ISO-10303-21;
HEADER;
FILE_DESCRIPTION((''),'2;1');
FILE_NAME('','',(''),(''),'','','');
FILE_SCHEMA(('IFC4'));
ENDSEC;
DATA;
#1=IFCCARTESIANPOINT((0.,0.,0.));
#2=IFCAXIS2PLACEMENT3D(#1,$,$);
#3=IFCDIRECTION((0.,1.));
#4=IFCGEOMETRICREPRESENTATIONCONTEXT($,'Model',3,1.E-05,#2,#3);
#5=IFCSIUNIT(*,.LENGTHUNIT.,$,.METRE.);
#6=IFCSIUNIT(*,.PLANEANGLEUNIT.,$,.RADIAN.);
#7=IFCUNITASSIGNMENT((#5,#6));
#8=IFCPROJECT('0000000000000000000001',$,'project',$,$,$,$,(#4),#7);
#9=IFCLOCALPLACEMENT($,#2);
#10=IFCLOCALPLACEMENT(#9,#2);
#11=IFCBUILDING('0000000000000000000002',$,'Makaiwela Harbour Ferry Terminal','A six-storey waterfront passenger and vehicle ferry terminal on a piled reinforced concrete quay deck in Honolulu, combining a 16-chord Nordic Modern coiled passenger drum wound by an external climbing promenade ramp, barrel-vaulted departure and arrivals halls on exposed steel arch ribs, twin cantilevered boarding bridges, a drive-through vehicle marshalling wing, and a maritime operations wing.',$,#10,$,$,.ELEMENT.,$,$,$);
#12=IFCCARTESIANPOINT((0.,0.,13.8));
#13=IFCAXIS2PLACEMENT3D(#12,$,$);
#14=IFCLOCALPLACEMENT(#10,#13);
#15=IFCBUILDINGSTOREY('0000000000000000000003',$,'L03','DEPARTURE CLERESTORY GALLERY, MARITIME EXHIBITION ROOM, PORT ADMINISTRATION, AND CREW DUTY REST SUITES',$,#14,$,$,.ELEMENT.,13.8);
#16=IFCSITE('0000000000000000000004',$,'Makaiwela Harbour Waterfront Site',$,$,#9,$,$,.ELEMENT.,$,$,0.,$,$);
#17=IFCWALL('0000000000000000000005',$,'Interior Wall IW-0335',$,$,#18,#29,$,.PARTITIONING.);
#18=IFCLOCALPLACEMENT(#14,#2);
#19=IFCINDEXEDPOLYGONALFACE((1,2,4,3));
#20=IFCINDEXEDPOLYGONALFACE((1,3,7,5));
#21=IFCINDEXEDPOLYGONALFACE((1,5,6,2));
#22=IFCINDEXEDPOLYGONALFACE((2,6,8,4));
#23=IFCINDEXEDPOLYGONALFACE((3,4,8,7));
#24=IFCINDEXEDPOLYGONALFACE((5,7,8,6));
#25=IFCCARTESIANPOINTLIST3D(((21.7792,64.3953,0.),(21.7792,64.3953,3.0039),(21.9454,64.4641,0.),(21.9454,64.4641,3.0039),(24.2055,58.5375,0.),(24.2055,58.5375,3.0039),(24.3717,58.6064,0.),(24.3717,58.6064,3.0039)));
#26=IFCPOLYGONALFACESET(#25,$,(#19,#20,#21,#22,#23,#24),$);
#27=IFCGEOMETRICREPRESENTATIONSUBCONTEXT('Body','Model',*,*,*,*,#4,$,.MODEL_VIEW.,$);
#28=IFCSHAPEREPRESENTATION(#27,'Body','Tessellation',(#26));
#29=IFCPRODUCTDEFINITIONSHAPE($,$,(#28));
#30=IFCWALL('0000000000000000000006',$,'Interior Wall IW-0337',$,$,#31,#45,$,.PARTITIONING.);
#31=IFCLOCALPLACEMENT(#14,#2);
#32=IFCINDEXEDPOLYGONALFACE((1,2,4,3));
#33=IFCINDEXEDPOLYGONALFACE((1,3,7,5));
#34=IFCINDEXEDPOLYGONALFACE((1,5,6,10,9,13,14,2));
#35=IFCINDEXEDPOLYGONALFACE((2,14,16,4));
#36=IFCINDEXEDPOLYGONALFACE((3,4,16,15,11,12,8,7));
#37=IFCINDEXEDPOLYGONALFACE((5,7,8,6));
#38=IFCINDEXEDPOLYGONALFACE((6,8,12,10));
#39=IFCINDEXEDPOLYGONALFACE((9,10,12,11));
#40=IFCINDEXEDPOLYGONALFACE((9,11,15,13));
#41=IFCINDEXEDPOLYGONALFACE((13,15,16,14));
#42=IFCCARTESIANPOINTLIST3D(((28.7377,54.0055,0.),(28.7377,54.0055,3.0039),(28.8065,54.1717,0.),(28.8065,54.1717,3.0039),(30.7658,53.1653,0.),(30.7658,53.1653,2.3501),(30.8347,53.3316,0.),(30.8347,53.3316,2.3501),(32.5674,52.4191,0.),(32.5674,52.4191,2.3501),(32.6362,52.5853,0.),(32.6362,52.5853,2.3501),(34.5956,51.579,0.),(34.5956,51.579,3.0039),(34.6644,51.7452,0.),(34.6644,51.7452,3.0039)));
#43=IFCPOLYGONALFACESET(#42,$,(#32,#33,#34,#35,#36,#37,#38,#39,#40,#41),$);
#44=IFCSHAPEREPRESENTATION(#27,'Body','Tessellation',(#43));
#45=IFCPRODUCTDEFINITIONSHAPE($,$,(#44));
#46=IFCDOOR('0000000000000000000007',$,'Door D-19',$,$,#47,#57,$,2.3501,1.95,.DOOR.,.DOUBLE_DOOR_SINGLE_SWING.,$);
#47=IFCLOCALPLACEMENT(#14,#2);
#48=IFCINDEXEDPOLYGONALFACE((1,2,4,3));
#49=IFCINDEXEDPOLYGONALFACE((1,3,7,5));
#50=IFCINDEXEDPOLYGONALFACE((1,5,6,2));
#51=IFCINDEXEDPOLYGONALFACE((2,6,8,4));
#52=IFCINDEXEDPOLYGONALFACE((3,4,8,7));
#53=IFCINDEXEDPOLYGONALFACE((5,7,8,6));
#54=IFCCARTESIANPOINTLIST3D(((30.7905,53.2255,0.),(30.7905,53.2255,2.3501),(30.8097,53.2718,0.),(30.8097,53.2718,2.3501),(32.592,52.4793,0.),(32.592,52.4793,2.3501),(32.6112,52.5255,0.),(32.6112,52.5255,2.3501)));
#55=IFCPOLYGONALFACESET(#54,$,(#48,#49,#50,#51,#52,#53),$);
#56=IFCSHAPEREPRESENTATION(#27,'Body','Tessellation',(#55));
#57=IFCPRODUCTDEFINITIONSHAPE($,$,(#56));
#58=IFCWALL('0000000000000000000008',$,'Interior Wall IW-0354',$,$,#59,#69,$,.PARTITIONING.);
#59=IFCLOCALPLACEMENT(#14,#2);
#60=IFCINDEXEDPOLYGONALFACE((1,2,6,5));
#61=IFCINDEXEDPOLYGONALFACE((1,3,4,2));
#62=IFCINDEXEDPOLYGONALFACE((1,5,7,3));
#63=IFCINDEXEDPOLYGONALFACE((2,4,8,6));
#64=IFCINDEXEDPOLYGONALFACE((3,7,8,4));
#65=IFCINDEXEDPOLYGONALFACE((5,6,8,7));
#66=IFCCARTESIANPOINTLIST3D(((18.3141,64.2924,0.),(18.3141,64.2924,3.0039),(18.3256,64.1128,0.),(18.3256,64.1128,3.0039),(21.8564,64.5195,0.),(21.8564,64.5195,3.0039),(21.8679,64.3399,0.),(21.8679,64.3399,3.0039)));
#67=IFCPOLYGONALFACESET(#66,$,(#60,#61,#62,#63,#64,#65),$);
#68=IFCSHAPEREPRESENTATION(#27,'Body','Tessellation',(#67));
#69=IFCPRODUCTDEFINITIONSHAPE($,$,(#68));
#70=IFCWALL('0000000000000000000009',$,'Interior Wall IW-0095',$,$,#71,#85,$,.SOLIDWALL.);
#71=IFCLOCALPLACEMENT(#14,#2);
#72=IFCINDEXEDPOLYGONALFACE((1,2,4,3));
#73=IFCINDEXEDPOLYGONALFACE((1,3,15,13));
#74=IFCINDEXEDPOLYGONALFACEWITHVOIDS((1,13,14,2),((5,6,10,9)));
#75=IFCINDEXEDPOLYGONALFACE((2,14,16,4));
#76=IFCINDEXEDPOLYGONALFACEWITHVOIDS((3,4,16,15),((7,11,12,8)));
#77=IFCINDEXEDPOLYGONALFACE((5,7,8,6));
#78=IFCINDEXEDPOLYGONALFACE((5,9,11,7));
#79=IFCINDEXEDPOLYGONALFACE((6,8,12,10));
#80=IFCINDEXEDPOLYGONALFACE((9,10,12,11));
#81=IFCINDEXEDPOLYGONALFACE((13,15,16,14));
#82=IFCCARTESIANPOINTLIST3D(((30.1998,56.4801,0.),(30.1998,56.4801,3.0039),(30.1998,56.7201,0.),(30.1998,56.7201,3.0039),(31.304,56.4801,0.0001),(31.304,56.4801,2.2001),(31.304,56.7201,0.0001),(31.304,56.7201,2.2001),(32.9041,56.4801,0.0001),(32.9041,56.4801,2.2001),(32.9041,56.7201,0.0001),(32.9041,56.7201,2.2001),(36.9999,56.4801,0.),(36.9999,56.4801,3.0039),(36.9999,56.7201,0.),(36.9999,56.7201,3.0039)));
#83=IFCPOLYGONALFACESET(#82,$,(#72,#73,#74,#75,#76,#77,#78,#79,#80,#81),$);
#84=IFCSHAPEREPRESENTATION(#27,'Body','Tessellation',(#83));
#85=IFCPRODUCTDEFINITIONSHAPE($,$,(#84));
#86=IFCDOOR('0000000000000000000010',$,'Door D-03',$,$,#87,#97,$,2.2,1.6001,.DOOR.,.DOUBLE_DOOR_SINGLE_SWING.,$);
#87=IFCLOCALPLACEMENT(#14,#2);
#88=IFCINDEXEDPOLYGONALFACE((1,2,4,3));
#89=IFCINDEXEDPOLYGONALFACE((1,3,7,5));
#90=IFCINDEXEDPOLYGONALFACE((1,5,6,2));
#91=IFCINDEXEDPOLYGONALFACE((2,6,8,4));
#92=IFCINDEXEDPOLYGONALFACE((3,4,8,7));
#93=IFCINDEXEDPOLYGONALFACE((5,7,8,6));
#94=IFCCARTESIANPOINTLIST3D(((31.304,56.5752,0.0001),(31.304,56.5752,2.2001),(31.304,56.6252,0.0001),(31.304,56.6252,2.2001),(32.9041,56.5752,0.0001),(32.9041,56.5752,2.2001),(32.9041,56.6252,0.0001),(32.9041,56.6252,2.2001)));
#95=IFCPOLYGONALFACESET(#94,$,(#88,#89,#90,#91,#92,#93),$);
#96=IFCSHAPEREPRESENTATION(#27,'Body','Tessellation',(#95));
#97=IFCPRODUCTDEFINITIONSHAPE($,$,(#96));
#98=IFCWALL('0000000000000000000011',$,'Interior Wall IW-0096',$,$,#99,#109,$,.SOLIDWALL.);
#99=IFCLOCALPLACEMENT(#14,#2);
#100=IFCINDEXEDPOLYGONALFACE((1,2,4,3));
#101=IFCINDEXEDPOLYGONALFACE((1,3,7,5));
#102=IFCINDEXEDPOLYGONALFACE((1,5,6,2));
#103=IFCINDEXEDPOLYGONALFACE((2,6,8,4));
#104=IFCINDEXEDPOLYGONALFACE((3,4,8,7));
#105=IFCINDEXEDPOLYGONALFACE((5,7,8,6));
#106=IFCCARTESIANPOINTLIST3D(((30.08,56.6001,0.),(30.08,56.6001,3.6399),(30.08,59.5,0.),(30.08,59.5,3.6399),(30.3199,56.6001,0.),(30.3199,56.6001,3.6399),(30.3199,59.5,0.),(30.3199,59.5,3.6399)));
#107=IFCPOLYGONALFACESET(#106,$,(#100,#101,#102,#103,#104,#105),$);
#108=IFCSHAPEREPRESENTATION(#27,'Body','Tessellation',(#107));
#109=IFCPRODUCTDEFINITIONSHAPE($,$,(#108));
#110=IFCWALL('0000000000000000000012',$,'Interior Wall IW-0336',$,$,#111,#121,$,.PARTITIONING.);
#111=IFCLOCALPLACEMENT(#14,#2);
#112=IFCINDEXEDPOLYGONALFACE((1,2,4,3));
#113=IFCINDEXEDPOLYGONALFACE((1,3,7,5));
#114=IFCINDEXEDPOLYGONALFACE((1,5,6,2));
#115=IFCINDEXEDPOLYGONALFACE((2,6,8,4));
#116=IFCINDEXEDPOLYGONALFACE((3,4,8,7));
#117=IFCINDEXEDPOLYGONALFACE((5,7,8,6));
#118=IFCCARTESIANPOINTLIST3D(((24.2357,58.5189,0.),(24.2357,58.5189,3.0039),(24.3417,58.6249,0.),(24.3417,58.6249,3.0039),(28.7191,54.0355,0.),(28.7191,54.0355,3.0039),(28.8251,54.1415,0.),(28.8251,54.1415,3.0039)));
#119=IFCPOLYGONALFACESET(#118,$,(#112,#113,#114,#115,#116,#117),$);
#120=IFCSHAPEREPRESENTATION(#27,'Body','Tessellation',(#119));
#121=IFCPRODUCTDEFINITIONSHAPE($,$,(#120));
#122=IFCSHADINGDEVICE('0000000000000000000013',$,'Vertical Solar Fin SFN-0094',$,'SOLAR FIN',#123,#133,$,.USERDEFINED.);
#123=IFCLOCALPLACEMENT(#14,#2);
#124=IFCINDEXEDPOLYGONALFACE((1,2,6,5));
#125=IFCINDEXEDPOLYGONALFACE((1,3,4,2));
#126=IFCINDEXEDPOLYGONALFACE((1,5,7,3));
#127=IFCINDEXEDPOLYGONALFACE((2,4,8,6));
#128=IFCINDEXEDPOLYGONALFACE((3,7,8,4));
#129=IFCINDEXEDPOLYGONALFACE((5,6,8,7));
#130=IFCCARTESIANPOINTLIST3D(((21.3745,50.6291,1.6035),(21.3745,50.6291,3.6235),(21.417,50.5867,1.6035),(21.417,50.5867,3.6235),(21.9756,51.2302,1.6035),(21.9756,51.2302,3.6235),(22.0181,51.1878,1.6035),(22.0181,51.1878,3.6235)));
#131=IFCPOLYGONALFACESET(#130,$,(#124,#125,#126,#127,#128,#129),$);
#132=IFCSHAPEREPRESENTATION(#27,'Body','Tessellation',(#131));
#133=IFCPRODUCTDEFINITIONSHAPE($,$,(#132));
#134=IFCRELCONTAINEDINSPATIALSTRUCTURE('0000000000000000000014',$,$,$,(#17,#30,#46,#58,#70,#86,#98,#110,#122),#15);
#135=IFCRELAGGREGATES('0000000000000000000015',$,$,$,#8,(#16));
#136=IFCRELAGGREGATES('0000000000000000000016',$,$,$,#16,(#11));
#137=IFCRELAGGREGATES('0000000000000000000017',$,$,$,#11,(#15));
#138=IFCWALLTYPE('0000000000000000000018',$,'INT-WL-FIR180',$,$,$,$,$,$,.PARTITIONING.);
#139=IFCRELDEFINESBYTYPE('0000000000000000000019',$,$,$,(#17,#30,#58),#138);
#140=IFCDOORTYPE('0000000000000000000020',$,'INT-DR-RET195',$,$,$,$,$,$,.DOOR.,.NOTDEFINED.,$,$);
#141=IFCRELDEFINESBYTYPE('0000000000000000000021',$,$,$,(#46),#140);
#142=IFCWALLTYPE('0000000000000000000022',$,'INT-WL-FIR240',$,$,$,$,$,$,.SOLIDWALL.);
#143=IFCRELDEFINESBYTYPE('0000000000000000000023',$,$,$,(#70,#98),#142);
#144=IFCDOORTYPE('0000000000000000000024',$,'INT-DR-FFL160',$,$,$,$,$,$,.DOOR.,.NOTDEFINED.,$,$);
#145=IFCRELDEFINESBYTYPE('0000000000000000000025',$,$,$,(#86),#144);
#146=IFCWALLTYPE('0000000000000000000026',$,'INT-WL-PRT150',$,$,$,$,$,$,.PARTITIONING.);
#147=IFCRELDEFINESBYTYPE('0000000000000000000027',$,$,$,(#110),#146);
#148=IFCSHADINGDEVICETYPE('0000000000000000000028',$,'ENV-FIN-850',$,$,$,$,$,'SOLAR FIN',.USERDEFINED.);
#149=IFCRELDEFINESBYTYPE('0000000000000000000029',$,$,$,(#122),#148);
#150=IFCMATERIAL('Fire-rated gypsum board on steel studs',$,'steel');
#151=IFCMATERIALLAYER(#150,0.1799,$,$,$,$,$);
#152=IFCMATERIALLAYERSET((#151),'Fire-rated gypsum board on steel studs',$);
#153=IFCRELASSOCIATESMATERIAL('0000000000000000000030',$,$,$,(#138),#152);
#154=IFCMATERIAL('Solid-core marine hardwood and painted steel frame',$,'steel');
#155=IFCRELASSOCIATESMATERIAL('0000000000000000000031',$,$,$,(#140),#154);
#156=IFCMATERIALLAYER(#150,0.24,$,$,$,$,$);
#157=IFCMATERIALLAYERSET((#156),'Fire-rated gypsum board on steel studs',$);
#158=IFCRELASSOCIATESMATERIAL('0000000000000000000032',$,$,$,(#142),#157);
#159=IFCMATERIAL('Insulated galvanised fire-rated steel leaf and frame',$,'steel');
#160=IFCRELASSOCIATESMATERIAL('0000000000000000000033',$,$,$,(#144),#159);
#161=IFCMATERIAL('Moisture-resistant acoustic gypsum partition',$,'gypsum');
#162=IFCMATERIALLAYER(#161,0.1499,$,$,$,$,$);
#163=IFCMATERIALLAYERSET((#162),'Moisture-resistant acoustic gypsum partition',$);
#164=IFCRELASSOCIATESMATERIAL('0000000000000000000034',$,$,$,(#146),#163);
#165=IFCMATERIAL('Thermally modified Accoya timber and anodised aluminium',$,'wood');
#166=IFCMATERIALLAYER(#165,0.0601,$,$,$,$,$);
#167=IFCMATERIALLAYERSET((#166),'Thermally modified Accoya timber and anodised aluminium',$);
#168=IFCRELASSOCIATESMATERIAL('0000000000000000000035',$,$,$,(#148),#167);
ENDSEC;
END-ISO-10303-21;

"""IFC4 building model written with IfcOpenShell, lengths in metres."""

from ifc_helpers import new_model, si_unit, direction, frame, frame_2d, origin, origin_2d, place, context, subcontext, project, spatial, rectangle, extrude, material, layer, layer_set, type_object, element, fill, save


model = new_model("IFC4")

# Units and contexts
model_context = context("Model", 3, precision=1e-05, world=origin(), true_north=direction((0.0, 1.0)))
body_context = subcontext(model_context, "Body", "Model", "MODEL_VIEW")
ifc_project = project(units=[si_unit("LENGTHUNIT", "METRE"), si_unit("PLANEANGLEUNIT", "RADIAN")], contexts=[model_context])

# Site, building, storey
site_placement = place(None, origin())
site = spatial("IfcSite", under=ifc_project, at=site_placement, Name="Makaiwela Harbour Waterfront Site", CompositionType="ELEMENT", RefElevation=0.0)
building_placement = place(site_placement, origin())
building = spatial("IfcBuilding", under=site, at=building_placement, Name="Makaiwela Harbour Ferry Terminal", Description="A six-storey waterfront passenger and vehicle ferry terminal on a piled reinforced concrete quay deck in Honolulu, combining a 16-chord Nordic Modern coiled passenger drum wound by an external climbing promenade ramp, barrel-vaulted departure and arrivals halls on exposed steel arch ribs, twin cantilevered boarding bridges, a drive-through vehicle marshalling wing, and a maritime operations wing.", CompositionType="ELEMENT")
storey_placement = place(building_placement, frame((0.0, 0.0, 13.8)))
storey = spatial("IfcBuildingStorey", under=building, at=storey_placement, Name="L03", Description="DEPARTURE CLERESTORY GALLERY, MARITIME EXHIBITION ROOM, PORT ADMINISTRATION, AND CREW DUTY REST SUITES", CompositionType="ELEMENT", Elevation=13.8)

# Wall
ifc_material_1 = material(Name="Fire-rated gypsum board on steel studs", Category="steel")
ifc_layer_1 = layer(ifc_material_1, 0.1799)
ifc_layer_set_1 = layer_set([ifc_layer_1], Name="Fire-rated gypsum board on steel studs")
wall_type_1 = type_object("IfcWallType", Name="INT-WL-FIR180", PredefinedType="PARTITIONING", material=ifc_layer_set_1)
wall_1_placement = place(storey_placement, frame((21.8623, 64.4297, 0.0), z_axis=(0.0, 0.0, 1.0), x_axis=(0.382676, -0.923883, 0.0)))
element("IfcWall", 1, at=wall_1_placement, inside=storey, type_object=wall_type_1, Name="Interior Wall IW-0335", PredefinedType="PARTITIONING", context=body_context, shape_type="SweptSolid", body=[
    extrude(rectangle(XDim=6.3403, YDim=0.1799, at=frame_2d((3.1702, 0.0))), origin(), (0.0, 0.0, 1.0), 3.0039),
])

# Wall, opening, door
wall_2_placement = place(storey_placement, frame((28.772, 54.0886, 0.0), z_axis=(0.0, 0.0, 1.0), x_axis=(0.923875, -0.382695, 0.0)))
wall_2 = element("IfcWall", 2, at=wall_2_placement, inside=storey, type_object=wall_type_1, Name="Interior Wall IW-0337", PredefinedType="PARTITIONING", context=body_context, shape_type="SweptSolid", body=[
    extrude(rectangle(XDim=6.3406, YDim=0.1799, at=frame_2d((3.1704, 0.0))), origin(), (0.0, 0.0, 1.0), 3.0039),
])
opening_1_placement = place(wall_2_placement, frame((2.1953, 0.0, 0.0)))
opening_1 = element("IfcOpeningElement", 3, at=opening_1_placement, cuts=wall_2, PredefinedType="OPENING", context=body_context, shape_type="SweptSolid", body=[
    extrude(rectangle(XDim=1.95, YDim=2.3501, at=frame_2d((0.9751, 1.175))), frame((0.0, 0.0999, 0.0), z_axis=(0.0, -1.0, 0.0), x_axis=(1.0, 0.0, 0.0)), (0.0, 0.0, 1.0), 0.2),
])
ifc_material_2 = material(Name="Solid-core marine hardwood and painted steel frame", Category="steel")
door_type_1 = type_object("IfcDoorType", Name="INT-DR-RET195", OperationType="NOTDEFINED", PredefinedType="DOOR", material=ifc_material_2)
door_1_placement = place(opening_1_placement, frame((1.95, 0.0, 0.0), z_axis=(0.0, 0.0, 1.0), x_axis=(-1.0, 0.0, 0.0)))
door_1 = element("IfcDoor", 4, at=door_1_placement, inside=storey, type_object=door_type_1, Name="Door D-19", OperationType="DOUBLE_DOOR_SINGLE_SWING", OverallHeight=2.3501, OverallWidth=1.95, PredefinedType="DOOR", context=body_context, shape_type="SweptSolid", body=[
    extrude(rectangle(XDim=1.95, YDim=2.3501, at=frame_2d((0.9751, 1.175))), frame((0.0, 0.0249, 0.0), z_axis=(0.0, -1.0, 0.0), x_axis=(1.0, 0.0, 0.0)), (0.0, 0.0, 1.0), 0.05),
])
fill(opening_1, door_1)

# Wall
wall_3_placement = place(storey_placement, frame((21.8623, 64.4297, 0.0), z_axis=(0.0, 0.0, 1.0), x_axis=(-0.997952, -0.063967, 0.0)))
element("IfcWall", 5, at=wall_3_placement, inside=storey, type_object=wall_type_1, Name="Interior Wall IW-0354", PredefinedType="PARTITIONING", context=body_context, shape_type="SweptSolid", body=[
    extrude(rectangle(XDim=3.5496, YDim=0.1799, at=frame_2d((1.7749, 0.0))), origin(), (0.0, 0.0, 1.0), 3.0039),
])

# Wall, opening, door
ifc_layer_2 = layer(ifc_material_1, 0.24)
ifc_layer_set_2 = layer_set([ifc_layer_2], Name="Fire-rated gypsum board on steel studs")
wall_type_2 = type_object("IfcWallType", Name="INT-WL-FIR240", PredefinedType="SOLIDWALL", material=ifc_layer_set_2)
wall_4_placement = place(storey_placement, frame((30.2, 56.6001, 0.0), z_axis=(0.0, 0.0, 1.0), x_axis=(1.0, 0.0, 0.0)))
wall_4 = element("IfcWall", 6, at=wall_4_placement, inside=storey, type_object=wall_type_2, Name="Interior Wall IW-0095", PredefinedType="SOLIDWALL", context=body_context, shape_type="SweptSolid", body=[
    extrude(rectangle(XDim=6.8, YDim=0.24, at=frame_2d((3.3999, 0.0))), origin(), (0.0, 0.0, 1.0), 3.0039),
])
opening_2_placement = place(wall_4_placement, frame((1.104, 0.0, 0.0)))
opening_2 = element("IfcOpeningElement", 7, at=opening_2_placement, cuts=wall_4, PredefinedType="OPENING", context=body_context, shape_type="SweptSolid", body=[
    extrude(rectangle(XDim=1.6001, YDim=2.2, at=frame_2d((0.8, 1.1001))), frame((0.0, 0.1299, 0.0), z_axis=(0.0, -1.0, 0.0), x_axis=(1.0, 0.0, 0.0)), (0.0, 0.0, 1.0), 0.26),
])
ifc_material_3 = material(Name="Insulated galvanised fire-rated steel leaf and frame", Category="steel")
door_type_2 = type_object("IfcDoorType", Name="INT-DR-FFL160", OperationType="NOTDEFINED", PredefinedType="DOOR", material=ifc_material_3)
door_2_placement = place(opening_2_placement, frame((1.6001, 0.0, 0.0), z_axis=(0.0, 0.0, 1.0), x_axis=(-1.0, 0.0, 0.0)))
door_2 = element("IfcDoor", 8, at=door_2_placement, inside=storey, type_object=door_type_2, Name="Door D-03", OperationType="DOUBLE_DOOR_SINGLE_SWING", OverallHeight=2.2, OverallWidth=1.6001, PredefinedType="DOOR", context=body_context, shape_type="SweptSolid", body=[
    extrude(rectangle(XDim=1.6001, YDim=2.2, at=frame_2d((0.8, 1.1001))), frame((0.0, 0.0249, 0.0), z_axis=(0.0, -1.0, 0.0), x_axis=(1.0, 0.0, 0.0)), (0.0, 0.0, 1.0), 0.05),
])
fill(opening_2, door_2)

# Walls
wall_5_placement = place(storey_placement, frame((30.2, 59.5, 0.0), z_axis=(0.0, 0.0, 1.0), x_axis=(0.0, -1.0, 0.0)))
element("IfcWall", 9, at=wall_5_placement, inside=storey, type_object=wall_type_2, Name="Interior Wall IW-0096", PredefinedType="SOLIDWALL", context=body_context, shape_type="SweptSolid", body=[
    extrude(rectangle(XDim=2.8999, YDim=0.24, at=frame_2d((1.45, 0.0))), origin(), (0.0, 0.0, 1.0), 3.6399),
])
ifc_material_4 = material(Name="Moisture-resistant acoustic gypsum partition", Category="gypsum")
ifc_layer_3 = layer(ifc_material_4, 0.1499)
ifc_layer_set_3 = layer_set([ifc_layer_3], Name="Moisture-resistant acoustic gypsum partition")
wall_type_3 = type_object("IfcWallType", Name="INT-WL-PRT150", PredefinedType="PARTITIONING", material=ifc_layer_set_3)
wall_6_placement = place(storey_placement, frame((24.2886, 58.572, 0.0), z_axis=(0.0, 0.0, 1.0), x_axis=(0.707107, -0.707107, 0.0)))
element("IfcWall", 10, at=wall_6_placement, inside=storey, type_object=wall_type_3, Name="Interior Wall IW-0336", PredefinedType="PARTITIONING", context=body_context, shape_type="SweptSolid", body=[
    extrude(rectangle(XDim=6.3406, YDim=0.1499, at=frame_2d((3.1704, 0.0))), origin(), (0.0, 0.0, 1.0), 3.0039),
])

# Shading device
ifc_material_5 = material(Name="Thermally modified Accoya timber and anodised aluminium", Category="wood")
ifc_layer_4 = layer(ifc_material_5, 0.0601)
ifc_layer_set_4 = layer_set([ifc_layer_4], Name="Thermally modified Accoya timber and anodised aluminium")
shading_device_type = type_object("IfcShadingDeviceType", Name="ENV-FIN-850", ElementType="SOLAR FIN", PredefinedType="USERDEFINED", material=ifc_layer_set_4)
shading_device_placement = place(storey_placement, frame((21.6963, 50.9084, 1.6035), z_axis=(0.0, 0.0, 1.0), x_axis=(-0.707107, -0.707107, 0.0)))
element("IfcShadingDevice", 11, at=shading_device_placement, inside=storey, type_object=shading_device_type, Name="Vertical Solar Fin SFN-0094", ObjectType="SOLAR FIN", PredefinedType="USERDEFINED", context=body_context, shape_type="SweptSolid", body=[
    extrude(rectangle(XDim=0.8501, YDim=0.0601, at=origin_2d()), origin(), (0.0, 0.0, 1.0), 2.02),
])

save(model, "model.ifc")
